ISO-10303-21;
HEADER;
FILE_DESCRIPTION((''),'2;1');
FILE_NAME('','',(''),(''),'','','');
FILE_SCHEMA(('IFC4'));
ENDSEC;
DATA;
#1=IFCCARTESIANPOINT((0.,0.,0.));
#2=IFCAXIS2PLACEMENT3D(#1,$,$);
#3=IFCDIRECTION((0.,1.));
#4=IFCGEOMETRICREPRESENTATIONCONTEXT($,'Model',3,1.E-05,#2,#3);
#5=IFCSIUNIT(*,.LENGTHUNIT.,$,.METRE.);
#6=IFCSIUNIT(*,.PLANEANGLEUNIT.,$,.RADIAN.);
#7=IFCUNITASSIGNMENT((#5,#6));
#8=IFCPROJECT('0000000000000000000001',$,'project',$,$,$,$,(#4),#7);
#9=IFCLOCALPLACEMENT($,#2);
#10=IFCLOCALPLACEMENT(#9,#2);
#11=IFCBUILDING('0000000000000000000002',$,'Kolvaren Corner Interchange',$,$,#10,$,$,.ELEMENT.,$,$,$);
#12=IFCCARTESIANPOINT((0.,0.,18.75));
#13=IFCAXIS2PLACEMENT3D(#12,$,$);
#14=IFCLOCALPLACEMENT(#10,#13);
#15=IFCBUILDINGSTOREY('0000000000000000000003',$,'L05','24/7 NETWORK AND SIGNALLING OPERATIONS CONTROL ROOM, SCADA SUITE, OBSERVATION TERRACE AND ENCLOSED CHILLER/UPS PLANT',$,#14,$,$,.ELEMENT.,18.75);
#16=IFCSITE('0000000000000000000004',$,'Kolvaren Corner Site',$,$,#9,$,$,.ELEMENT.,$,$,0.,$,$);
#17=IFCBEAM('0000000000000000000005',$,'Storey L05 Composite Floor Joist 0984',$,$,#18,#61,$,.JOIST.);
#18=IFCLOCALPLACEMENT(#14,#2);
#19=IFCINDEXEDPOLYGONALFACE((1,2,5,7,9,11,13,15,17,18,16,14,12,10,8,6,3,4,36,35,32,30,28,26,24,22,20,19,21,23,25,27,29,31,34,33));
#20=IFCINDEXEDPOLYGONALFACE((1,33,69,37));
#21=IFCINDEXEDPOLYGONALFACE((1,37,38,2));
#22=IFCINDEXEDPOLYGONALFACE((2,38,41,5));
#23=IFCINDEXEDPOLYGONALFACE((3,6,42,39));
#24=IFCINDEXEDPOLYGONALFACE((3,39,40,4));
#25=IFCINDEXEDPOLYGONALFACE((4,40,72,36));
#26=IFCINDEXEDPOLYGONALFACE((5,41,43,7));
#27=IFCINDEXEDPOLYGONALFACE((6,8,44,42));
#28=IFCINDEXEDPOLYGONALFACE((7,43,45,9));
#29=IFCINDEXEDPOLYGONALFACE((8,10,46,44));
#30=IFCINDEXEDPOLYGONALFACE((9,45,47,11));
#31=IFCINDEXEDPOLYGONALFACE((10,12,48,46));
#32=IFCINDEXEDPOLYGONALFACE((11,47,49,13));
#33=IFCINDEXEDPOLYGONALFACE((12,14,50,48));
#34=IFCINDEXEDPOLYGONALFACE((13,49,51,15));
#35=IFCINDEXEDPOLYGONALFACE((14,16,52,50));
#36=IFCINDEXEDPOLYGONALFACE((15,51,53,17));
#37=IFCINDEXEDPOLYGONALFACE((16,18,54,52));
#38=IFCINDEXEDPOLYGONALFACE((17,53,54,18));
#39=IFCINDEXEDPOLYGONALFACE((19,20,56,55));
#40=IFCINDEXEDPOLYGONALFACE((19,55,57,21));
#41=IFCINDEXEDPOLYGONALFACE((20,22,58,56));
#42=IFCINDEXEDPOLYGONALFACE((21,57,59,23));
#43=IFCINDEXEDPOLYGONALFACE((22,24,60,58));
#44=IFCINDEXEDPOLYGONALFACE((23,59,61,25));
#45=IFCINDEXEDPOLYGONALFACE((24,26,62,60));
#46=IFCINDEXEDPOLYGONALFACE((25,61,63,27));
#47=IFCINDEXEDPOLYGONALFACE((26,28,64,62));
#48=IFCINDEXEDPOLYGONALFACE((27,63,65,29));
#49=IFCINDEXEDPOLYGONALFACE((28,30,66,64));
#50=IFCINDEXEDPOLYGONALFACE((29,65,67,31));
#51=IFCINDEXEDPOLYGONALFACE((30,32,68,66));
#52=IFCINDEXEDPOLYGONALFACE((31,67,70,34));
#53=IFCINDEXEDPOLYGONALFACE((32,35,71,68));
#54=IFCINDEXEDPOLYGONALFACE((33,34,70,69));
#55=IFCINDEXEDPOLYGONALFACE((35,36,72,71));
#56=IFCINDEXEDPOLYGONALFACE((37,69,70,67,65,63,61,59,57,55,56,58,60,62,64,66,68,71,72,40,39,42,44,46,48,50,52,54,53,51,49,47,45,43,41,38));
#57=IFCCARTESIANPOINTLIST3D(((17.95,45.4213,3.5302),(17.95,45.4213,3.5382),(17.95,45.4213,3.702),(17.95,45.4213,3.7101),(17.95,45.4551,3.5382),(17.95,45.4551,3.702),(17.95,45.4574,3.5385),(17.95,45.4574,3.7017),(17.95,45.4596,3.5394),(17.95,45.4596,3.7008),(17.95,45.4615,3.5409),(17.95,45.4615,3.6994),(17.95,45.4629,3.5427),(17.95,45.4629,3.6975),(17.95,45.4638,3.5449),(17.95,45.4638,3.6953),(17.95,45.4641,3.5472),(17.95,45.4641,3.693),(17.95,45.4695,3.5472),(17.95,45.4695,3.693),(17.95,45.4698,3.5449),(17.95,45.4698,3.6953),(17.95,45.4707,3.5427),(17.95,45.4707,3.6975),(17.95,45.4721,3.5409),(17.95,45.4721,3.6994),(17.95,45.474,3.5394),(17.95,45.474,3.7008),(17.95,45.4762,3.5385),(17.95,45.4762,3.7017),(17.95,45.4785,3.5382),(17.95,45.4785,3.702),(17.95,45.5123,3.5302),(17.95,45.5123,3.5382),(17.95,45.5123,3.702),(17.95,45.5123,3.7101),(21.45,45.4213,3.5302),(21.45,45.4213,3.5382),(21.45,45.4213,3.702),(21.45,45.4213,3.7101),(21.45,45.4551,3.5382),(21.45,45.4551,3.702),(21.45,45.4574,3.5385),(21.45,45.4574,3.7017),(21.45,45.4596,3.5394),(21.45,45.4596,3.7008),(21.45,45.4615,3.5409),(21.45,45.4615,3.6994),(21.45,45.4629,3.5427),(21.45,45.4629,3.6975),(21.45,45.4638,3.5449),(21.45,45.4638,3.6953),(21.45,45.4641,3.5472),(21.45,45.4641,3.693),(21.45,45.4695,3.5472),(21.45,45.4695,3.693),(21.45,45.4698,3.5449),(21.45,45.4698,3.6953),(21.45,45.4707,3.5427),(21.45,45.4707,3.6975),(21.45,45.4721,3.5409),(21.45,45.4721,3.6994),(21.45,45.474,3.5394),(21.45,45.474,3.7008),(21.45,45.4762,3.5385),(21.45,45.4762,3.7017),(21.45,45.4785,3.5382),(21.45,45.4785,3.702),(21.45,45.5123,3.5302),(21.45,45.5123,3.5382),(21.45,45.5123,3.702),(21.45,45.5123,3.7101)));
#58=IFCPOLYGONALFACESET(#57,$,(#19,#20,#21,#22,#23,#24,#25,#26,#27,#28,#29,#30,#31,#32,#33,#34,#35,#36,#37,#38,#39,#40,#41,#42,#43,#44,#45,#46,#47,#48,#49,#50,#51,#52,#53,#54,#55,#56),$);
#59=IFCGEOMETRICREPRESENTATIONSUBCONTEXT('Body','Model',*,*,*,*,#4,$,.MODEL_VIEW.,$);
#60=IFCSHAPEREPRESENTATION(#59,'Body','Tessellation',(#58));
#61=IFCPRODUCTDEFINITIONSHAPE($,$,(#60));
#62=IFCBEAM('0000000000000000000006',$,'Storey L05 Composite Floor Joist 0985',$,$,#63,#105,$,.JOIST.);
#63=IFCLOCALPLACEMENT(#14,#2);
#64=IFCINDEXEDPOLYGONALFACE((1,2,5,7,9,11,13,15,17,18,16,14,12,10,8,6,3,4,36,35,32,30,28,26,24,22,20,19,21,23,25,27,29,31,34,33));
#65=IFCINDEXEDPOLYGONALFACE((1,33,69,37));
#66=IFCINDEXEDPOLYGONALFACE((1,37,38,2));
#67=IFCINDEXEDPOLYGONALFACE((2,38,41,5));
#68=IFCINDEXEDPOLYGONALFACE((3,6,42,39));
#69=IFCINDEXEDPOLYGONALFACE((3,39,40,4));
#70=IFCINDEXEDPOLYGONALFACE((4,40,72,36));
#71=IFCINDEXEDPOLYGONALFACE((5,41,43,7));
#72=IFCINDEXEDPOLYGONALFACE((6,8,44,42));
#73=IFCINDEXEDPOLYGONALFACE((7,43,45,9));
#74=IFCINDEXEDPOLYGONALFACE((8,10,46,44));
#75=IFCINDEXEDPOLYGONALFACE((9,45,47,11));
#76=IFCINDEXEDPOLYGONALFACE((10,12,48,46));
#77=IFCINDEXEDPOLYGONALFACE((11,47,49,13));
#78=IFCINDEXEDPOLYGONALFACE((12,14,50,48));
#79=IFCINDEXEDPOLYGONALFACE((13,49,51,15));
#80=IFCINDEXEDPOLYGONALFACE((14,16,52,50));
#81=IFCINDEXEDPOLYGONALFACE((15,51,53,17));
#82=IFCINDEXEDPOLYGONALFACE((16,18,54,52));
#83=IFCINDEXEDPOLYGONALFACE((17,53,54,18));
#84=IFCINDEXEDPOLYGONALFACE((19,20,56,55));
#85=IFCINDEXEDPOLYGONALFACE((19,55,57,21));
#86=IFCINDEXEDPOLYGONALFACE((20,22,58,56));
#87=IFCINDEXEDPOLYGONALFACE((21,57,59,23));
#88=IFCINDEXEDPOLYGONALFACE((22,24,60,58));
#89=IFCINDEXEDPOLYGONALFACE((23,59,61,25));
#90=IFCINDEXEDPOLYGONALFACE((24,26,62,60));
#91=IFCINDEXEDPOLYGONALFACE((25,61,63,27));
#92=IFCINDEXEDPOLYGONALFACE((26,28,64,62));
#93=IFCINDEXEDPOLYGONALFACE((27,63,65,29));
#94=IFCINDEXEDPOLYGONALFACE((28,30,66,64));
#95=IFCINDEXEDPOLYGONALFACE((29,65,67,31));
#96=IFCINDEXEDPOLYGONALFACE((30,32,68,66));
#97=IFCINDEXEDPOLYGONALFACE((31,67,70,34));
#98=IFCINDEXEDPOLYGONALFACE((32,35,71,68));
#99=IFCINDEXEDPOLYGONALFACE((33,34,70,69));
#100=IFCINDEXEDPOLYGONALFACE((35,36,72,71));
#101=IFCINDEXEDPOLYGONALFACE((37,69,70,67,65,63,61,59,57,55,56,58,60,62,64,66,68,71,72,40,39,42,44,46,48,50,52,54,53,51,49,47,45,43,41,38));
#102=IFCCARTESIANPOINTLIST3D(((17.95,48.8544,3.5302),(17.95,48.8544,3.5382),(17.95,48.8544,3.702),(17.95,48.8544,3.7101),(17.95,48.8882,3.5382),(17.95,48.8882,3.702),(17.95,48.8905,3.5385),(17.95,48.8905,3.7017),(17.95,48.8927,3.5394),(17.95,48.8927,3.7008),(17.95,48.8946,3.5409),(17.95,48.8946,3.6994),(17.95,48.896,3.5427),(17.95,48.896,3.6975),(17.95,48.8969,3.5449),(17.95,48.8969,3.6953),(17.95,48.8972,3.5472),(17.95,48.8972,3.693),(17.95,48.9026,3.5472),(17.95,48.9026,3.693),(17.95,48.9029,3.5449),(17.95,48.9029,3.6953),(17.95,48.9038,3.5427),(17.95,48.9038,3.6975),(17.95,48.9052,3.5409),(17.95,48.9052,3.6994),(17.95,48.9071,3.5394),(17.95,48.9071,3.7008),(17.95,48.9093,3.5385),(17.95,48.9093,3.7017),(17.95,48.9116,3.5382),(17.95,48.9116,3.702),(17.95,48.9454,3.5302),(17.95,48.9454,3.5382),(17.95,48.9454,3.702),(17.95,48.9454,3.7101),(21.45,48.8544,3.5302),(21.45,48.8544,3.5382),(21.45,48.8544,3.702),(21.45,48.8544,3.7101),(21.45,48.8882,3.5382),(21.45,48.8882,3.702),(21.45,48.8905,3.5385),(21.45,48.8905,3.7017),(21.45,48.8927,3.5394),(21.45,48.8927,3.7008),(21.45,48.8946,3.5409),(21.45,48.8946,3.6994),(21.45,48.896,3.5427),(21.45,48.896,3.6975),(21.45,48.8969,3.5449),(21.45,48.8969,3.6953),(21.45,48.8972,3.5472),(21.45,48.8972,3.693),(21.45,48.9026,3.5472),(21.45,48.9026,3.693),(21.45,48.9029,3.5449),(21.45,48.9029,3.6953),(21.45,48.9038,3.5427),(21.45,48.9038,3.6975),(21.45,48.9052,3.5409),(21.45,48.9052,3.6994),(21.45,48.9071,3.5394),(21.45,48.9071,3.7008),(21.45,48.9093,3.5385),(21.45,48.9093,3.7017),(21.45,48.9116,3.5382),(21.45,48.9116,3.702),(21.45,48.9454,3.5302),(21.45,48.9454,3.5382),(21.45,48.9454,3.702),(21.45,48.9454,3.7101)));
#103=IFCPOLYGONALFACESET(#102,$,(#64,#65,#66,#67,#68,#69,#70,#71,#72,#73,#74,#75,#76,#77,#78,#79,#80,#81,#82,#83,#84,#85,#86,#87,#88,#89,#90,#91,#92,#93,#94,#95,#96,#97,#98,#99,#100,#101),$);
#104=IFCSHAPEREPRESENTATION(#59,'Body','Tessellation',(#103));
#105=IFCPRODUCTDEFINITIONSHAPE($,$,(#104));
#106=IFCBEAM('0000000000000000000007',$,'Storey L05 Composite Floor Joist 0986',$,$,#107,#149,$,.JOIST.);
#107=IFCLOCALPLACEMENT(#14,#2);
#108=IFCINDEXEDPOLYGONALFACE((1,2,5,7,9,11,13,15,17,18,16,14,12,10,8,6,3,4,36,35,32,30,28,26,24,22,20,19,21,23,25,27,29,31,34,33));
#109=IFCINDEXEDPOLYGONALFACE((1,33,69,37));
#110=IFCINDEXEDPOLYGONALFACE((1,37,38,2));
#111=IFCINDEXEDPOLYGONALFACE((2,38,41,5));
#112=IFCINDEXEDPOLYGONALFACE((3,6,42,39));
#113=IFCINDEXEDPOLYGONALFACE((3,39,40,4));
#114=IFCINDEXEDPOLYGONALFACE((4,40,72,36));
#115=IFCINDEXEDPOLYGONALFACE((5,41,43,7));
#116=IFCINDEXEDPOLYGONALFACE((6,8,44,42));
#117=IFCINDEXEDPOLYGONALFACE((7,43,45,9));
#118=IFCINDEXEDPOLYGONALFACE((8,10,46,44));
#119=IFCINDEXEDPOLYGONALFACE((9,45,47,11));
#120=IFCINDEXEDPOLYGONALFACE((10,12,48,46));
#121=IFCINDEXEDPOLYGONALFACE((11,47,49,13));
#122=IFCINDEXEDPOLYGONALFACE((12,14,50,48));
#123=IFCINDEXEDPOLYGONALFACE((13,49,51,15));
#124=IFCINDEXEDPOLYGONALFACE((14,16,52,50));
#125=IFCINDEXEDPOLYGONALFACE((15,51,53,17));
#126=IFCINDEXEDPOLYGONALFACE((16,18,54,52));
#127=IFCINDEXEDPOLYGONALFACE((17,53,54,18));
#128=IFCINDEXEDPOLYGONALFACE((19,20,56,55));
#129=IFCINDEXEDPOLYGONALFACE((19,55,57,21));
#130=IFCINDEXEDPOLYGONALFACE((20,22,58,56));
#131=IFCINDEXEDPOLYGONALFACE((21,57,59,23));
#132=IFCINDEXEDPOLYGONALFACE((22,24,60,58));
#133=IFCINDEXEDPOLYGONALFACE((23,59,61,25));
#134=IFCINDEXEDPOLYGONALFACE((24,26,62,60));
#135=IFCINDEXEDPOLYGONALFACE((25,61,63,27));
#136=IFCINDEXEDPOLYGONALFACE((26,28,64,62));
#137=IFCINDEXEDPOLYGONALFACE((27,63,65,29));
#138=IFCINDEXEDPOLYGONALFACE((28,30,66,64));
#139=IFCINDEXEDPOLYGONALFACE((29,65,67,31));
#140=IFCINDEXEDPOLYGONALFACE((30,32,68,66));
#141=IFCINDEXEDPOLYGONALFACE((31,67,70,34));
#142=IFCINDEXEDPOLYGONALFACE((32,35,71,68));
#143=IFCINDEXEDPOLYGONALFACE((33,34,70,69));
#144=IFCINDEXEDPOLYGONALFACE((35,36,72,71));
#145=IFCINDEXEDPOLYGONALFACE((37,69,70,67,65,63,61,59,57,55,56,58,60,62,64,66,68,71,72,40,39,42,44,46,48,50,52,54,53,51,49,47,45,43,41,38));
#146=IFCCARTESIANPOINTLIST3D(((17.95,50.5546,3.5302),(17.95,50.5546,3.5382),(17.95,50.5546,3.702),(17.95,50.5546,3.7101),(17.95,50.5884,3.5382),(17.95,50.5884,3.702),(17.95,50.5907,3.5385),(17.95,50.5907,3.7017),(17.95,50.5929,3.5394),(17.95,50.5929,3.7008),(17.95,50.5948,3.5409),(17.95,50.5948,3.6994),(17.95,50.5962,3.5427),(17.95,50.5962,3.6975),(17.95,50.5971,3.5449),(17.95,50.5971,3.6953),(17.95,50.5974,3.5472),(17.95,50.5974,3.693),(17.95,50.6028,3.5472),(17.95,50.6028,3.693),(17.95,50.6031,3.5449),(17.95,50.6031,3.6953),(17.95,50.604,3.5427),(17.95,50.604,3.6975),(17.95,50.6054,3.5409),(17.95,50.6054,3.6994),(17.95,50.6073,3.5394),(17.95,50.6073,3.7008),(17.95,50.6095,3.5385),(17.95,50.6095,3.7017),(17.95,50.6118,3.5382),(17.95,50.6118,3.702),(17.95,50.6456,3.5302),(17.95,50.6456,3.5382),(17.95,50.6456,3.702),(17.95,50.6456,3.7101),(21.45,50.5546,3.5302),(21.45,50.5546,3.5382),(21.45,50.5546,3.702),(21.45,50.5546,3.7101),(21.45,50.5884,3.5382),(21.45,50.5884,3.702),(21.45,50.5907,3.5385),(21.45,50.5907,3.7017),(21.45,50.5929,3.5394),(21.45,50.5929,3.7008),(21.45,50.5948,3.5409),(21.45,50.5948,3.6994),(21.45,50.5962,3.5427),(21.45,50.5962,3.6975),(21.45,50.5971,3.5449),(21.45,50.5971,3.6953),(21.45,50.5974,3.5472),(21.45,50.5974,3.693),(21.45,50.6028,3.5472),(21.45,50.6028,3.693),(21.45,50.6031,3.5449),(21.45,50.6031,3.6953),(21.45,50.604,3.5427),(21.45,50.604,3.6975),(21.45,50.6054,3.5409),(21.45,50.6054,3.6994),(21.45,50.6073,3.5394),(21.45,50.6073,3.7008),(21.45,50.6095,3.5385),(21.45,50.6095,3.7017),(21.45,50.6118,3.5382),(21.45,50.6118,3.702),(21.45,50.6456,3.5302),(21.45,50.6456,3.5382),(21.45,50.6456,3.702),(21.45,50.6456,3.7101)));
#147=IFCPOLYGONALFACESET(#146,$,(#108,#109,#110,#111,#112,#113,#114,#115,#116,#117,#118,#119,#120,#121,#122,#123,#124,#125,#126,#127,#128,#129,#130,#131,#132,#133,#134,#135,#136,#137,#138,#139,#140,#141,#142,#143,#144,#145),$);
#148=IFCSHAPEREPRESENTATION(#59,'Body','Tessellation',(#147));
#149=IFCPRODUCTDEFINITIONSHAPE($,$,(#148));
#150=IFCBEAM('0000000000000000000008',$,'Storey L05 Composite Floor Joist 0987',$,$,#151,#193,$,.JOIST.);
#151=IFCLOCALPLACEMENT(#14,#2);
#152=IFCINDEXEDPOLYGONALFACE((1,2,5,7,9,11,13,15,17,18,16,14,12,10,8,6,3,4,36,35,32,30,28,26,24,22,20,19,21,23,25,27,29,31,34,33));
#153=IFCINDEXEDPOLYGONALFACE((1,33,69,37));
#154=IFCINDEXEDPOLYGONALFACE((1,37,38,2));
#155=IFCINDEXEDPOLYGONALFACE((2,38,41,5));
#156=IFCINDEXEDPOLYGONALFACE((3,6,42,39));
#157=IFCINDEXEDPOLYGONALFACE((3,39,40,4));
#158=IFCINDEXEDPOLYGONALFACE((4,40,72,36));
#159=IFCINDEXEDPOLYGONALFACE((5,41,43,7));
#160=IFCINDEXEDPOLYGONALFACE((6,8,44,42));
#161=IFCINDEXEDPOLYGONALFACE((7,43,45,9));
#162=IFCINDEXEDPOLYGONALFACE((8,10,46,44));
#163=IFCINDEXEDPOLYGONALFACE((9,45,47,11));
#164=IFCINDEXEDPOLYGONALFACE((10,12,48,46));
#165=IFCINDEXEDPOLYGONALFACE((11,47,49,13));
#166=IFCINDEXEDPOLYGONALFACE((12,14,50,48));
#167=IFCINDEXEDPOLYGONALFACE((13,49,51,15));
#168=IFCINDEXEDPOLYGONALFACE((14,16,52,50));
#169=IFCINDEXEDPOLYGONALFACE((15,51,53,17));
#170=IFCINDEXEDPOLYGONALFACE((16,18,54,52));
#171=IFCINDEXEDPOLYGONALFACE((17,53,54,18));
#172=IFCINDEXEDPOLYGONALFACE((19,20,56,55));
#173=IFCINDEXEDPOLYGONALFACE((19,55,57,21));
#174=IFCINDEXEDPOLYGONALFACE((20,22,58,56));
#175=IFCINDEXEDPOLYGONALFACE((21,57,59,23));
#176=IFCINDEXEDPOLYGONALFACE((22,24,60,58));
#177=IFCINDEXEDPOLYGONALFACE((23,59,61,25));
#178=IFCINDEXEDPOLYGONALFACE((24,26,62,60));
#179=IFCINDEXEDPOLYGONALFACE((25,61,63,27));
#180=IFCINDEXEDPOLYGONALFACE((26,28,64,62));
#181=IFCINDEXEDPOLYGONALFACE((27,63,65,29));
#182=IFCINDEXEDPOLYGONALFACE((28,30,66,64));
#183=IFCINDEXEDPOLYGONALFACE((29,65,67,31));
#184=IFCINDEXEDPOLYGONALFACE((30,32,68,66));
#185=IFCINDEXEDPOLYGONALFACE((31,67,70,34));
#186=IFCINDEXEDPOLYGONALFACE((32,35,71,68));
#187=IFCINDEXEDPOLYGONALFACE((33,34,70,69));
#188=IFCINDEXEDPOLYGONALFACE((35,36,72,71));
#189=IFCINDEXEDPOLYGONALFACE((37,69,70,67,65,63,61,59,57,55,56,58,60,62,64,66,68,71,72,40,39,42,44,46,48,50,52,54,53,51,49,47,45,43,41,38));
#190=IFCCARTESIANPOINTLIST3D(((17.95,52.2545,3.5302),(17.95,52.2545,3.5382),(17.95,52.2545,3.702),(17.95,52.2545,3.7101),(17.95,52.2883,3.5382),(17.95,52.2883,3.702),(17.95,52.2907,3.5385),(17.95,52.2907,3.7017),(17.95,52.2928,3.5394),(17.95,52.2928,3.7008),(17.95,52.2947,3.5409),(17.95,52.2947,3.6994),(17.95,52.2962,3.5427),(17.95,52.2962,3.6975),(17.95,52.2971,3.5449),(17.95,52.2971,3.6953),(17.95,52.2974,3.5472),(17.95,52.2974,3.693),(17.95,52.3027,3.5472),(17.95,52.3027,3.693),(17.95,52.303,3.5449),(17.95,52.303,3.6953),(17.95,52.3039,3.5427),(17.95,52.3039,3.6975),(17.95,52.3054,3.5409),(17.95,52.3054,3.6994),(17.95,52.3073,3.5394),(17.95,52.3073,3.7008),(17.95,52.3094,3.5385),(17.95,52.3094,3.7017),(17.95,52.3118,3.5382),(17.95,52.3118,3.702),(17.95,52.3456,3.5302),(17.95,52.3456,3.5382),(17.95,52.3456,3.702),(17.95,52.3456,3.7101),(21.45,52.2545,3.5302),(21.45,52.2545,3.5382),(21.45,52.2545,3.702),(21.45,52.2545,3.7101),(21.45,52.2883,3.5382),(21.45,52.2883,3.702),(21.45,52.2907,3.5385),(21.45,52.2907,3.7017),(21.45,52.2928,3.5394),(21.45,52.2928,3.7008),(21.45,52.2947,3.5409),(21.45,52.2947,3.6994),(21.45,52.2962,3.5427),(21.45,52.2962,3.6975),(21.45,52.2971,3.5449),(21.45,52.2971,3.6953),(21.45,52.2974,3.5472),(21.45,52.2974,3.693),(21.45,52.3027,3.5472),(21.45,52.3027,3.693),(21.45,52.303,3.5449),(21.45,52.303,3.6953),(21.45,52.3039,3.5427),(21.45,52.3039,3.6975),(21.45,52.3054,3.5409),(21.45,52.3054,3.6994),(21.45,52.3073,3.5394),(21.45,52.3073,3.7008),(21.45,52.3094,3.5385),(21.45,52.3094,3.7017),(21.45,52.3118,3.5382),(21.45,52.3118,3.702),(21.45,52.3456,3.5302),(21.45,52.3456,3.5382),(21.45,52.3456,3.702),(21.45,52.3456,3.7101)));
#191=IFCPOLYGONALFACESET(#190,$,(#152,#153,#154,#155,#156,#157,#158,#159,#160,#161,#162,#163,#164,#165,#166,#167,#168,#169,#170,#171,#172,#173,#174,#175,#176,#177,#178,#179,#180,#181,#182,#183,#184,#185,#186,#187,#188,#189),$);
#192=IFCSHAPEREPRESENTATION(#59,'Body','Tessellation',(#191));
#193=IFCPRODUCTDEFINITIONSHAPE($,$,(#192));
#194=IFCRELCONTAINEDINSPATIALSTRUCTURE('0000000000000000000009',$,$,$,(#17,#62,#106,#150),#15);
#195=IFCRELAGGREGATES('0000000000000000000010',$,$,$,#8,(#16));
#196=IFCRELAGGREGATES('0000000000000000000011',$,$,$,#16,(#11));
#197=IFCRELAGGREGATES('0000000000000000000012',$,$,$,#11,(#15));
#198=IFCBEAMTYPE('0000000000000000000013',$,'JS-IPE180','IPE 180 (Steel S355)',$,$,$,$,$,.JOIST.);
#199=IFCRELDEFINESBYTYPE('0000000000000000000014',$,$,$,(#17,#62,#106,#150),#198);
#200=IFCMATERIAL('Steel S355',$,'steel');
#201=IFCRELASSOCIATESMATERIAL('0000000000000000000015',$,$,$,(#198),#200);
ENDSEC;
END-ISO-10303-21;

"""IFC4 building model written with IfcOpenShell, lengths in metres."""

from ifc_helpers import new_model, si_unit, direction, frame, origin, origin_2d, place, context, subcontext, project, spatial, i_section, extrude, material, material_profile, profile_set, type_object, element, save


model = new_model("IFC4")

# Units and contexts
model_context = context("Model", 3, precision=1e-05, world=origin(), true_north=direction((0.0, 1.0)))
body_context = subcontext(model_context, "Body", "Model", "MODEL_VIEW")
ifc_project = project(units=[si_unit("LENGTHUNIT", "METRE"), si_unit("PLANEANGLEUNIT", "RADIAN")], contexts=[model_context])

# Site, building, storey
site_placement = place(None, origin())
site = spatial("IfcSite", under=ifc_project, at=site_placement, Name="Kolvaren Corner Site", CompositionType="ELEMENT", RefElevation=0.0)
building_placement = place(site_placement, origin())
building = spatial("IfcBuilding", under=site, at=building_placement, Name="Kolvaren Corner Interchange", CompositionType="ELEMENT")
storey_placement = place(building_placement, frame((0.0, 0.0, 18.75)))
storey = spatial("IfcBuildingStorey", under=building, at=storey_placement, Name="L05", Description="24/7 NETWORK AND SIGNALLING OPERATIONS CONTROL ROOM, SCADA SUITE, OBSERVATION TERRACE AND ENCLOSED CHILLER/UPS PLANT", CompositionType="ELEMENT", Elevation=18.75)

# Beams
ifc_material_1 = material(Name="Steel S355", Category="steel")
ifc_material_profile_1 = material_profile(ifc_material_1, i_section(OverallWidth=0.0911, OverallDepth=0.1799, WebThickness=0.0054, FlangeThickness=0.0081, FilletRadius=0.009, at=origin_2d()), Name="IPE 180")
ifc_profile_set_1 = profile_set([ifc_material_profile_1], Name="Steel S355")
beam_type_1 = type_object("IfcBeamType", Name="JS-IPE180", Description="IPE 180 (Steel S355)", PredefinedType="JOIST", material=ifc_profile_set_1)
for number, where, z_axis, x_axis, name in (
    (1, (17.95, 45.4668, 3.6201), (1.0, 0.0, 0.0), (0.0, 1.0, 0.0), "Storey L05 Composite Floor Joist 0984"),
    (2, (17.95, 48.8999, 3.6201), (1.0, 0.0, 0.0), (0.0, 1.0, 0.0), "Storey L05 Composite Floor Joist 0985"),
    (3, (17.95, 50.6001, 3.6201), (1.0, 0.0, 0.0), (0.0, 1.0, 0.0), "Storey L05 Composite Floor Joist 0986"),
    (4, (17.95, 52.3, 3.6201), (1.0, 0.0, 0.0), (0.0, 1.0, 0.0), "Storey L05 Composite Floor Joist 0987"),
):
    element("IfcBeam", number, at=place(storey_placement, frame(where, z_axis=z_axis, x_axis=x_axis)), inside=storey, type_object=beam_type_1, Name=name, PredefinedType="JOIST", context=body_context, shape_type="SweptSolid", body=[
        extrude(i_section(OverallWidth=0.0911, OverallDepth=0.1799, WebThickness=0.0054, FlangeThickness=0.0081, FilletRadius=0.009, at=origin_2d()), origin(), (0.0, 0.0, 1.0), 3.5),
    ])

save(model, "model.ifc")
